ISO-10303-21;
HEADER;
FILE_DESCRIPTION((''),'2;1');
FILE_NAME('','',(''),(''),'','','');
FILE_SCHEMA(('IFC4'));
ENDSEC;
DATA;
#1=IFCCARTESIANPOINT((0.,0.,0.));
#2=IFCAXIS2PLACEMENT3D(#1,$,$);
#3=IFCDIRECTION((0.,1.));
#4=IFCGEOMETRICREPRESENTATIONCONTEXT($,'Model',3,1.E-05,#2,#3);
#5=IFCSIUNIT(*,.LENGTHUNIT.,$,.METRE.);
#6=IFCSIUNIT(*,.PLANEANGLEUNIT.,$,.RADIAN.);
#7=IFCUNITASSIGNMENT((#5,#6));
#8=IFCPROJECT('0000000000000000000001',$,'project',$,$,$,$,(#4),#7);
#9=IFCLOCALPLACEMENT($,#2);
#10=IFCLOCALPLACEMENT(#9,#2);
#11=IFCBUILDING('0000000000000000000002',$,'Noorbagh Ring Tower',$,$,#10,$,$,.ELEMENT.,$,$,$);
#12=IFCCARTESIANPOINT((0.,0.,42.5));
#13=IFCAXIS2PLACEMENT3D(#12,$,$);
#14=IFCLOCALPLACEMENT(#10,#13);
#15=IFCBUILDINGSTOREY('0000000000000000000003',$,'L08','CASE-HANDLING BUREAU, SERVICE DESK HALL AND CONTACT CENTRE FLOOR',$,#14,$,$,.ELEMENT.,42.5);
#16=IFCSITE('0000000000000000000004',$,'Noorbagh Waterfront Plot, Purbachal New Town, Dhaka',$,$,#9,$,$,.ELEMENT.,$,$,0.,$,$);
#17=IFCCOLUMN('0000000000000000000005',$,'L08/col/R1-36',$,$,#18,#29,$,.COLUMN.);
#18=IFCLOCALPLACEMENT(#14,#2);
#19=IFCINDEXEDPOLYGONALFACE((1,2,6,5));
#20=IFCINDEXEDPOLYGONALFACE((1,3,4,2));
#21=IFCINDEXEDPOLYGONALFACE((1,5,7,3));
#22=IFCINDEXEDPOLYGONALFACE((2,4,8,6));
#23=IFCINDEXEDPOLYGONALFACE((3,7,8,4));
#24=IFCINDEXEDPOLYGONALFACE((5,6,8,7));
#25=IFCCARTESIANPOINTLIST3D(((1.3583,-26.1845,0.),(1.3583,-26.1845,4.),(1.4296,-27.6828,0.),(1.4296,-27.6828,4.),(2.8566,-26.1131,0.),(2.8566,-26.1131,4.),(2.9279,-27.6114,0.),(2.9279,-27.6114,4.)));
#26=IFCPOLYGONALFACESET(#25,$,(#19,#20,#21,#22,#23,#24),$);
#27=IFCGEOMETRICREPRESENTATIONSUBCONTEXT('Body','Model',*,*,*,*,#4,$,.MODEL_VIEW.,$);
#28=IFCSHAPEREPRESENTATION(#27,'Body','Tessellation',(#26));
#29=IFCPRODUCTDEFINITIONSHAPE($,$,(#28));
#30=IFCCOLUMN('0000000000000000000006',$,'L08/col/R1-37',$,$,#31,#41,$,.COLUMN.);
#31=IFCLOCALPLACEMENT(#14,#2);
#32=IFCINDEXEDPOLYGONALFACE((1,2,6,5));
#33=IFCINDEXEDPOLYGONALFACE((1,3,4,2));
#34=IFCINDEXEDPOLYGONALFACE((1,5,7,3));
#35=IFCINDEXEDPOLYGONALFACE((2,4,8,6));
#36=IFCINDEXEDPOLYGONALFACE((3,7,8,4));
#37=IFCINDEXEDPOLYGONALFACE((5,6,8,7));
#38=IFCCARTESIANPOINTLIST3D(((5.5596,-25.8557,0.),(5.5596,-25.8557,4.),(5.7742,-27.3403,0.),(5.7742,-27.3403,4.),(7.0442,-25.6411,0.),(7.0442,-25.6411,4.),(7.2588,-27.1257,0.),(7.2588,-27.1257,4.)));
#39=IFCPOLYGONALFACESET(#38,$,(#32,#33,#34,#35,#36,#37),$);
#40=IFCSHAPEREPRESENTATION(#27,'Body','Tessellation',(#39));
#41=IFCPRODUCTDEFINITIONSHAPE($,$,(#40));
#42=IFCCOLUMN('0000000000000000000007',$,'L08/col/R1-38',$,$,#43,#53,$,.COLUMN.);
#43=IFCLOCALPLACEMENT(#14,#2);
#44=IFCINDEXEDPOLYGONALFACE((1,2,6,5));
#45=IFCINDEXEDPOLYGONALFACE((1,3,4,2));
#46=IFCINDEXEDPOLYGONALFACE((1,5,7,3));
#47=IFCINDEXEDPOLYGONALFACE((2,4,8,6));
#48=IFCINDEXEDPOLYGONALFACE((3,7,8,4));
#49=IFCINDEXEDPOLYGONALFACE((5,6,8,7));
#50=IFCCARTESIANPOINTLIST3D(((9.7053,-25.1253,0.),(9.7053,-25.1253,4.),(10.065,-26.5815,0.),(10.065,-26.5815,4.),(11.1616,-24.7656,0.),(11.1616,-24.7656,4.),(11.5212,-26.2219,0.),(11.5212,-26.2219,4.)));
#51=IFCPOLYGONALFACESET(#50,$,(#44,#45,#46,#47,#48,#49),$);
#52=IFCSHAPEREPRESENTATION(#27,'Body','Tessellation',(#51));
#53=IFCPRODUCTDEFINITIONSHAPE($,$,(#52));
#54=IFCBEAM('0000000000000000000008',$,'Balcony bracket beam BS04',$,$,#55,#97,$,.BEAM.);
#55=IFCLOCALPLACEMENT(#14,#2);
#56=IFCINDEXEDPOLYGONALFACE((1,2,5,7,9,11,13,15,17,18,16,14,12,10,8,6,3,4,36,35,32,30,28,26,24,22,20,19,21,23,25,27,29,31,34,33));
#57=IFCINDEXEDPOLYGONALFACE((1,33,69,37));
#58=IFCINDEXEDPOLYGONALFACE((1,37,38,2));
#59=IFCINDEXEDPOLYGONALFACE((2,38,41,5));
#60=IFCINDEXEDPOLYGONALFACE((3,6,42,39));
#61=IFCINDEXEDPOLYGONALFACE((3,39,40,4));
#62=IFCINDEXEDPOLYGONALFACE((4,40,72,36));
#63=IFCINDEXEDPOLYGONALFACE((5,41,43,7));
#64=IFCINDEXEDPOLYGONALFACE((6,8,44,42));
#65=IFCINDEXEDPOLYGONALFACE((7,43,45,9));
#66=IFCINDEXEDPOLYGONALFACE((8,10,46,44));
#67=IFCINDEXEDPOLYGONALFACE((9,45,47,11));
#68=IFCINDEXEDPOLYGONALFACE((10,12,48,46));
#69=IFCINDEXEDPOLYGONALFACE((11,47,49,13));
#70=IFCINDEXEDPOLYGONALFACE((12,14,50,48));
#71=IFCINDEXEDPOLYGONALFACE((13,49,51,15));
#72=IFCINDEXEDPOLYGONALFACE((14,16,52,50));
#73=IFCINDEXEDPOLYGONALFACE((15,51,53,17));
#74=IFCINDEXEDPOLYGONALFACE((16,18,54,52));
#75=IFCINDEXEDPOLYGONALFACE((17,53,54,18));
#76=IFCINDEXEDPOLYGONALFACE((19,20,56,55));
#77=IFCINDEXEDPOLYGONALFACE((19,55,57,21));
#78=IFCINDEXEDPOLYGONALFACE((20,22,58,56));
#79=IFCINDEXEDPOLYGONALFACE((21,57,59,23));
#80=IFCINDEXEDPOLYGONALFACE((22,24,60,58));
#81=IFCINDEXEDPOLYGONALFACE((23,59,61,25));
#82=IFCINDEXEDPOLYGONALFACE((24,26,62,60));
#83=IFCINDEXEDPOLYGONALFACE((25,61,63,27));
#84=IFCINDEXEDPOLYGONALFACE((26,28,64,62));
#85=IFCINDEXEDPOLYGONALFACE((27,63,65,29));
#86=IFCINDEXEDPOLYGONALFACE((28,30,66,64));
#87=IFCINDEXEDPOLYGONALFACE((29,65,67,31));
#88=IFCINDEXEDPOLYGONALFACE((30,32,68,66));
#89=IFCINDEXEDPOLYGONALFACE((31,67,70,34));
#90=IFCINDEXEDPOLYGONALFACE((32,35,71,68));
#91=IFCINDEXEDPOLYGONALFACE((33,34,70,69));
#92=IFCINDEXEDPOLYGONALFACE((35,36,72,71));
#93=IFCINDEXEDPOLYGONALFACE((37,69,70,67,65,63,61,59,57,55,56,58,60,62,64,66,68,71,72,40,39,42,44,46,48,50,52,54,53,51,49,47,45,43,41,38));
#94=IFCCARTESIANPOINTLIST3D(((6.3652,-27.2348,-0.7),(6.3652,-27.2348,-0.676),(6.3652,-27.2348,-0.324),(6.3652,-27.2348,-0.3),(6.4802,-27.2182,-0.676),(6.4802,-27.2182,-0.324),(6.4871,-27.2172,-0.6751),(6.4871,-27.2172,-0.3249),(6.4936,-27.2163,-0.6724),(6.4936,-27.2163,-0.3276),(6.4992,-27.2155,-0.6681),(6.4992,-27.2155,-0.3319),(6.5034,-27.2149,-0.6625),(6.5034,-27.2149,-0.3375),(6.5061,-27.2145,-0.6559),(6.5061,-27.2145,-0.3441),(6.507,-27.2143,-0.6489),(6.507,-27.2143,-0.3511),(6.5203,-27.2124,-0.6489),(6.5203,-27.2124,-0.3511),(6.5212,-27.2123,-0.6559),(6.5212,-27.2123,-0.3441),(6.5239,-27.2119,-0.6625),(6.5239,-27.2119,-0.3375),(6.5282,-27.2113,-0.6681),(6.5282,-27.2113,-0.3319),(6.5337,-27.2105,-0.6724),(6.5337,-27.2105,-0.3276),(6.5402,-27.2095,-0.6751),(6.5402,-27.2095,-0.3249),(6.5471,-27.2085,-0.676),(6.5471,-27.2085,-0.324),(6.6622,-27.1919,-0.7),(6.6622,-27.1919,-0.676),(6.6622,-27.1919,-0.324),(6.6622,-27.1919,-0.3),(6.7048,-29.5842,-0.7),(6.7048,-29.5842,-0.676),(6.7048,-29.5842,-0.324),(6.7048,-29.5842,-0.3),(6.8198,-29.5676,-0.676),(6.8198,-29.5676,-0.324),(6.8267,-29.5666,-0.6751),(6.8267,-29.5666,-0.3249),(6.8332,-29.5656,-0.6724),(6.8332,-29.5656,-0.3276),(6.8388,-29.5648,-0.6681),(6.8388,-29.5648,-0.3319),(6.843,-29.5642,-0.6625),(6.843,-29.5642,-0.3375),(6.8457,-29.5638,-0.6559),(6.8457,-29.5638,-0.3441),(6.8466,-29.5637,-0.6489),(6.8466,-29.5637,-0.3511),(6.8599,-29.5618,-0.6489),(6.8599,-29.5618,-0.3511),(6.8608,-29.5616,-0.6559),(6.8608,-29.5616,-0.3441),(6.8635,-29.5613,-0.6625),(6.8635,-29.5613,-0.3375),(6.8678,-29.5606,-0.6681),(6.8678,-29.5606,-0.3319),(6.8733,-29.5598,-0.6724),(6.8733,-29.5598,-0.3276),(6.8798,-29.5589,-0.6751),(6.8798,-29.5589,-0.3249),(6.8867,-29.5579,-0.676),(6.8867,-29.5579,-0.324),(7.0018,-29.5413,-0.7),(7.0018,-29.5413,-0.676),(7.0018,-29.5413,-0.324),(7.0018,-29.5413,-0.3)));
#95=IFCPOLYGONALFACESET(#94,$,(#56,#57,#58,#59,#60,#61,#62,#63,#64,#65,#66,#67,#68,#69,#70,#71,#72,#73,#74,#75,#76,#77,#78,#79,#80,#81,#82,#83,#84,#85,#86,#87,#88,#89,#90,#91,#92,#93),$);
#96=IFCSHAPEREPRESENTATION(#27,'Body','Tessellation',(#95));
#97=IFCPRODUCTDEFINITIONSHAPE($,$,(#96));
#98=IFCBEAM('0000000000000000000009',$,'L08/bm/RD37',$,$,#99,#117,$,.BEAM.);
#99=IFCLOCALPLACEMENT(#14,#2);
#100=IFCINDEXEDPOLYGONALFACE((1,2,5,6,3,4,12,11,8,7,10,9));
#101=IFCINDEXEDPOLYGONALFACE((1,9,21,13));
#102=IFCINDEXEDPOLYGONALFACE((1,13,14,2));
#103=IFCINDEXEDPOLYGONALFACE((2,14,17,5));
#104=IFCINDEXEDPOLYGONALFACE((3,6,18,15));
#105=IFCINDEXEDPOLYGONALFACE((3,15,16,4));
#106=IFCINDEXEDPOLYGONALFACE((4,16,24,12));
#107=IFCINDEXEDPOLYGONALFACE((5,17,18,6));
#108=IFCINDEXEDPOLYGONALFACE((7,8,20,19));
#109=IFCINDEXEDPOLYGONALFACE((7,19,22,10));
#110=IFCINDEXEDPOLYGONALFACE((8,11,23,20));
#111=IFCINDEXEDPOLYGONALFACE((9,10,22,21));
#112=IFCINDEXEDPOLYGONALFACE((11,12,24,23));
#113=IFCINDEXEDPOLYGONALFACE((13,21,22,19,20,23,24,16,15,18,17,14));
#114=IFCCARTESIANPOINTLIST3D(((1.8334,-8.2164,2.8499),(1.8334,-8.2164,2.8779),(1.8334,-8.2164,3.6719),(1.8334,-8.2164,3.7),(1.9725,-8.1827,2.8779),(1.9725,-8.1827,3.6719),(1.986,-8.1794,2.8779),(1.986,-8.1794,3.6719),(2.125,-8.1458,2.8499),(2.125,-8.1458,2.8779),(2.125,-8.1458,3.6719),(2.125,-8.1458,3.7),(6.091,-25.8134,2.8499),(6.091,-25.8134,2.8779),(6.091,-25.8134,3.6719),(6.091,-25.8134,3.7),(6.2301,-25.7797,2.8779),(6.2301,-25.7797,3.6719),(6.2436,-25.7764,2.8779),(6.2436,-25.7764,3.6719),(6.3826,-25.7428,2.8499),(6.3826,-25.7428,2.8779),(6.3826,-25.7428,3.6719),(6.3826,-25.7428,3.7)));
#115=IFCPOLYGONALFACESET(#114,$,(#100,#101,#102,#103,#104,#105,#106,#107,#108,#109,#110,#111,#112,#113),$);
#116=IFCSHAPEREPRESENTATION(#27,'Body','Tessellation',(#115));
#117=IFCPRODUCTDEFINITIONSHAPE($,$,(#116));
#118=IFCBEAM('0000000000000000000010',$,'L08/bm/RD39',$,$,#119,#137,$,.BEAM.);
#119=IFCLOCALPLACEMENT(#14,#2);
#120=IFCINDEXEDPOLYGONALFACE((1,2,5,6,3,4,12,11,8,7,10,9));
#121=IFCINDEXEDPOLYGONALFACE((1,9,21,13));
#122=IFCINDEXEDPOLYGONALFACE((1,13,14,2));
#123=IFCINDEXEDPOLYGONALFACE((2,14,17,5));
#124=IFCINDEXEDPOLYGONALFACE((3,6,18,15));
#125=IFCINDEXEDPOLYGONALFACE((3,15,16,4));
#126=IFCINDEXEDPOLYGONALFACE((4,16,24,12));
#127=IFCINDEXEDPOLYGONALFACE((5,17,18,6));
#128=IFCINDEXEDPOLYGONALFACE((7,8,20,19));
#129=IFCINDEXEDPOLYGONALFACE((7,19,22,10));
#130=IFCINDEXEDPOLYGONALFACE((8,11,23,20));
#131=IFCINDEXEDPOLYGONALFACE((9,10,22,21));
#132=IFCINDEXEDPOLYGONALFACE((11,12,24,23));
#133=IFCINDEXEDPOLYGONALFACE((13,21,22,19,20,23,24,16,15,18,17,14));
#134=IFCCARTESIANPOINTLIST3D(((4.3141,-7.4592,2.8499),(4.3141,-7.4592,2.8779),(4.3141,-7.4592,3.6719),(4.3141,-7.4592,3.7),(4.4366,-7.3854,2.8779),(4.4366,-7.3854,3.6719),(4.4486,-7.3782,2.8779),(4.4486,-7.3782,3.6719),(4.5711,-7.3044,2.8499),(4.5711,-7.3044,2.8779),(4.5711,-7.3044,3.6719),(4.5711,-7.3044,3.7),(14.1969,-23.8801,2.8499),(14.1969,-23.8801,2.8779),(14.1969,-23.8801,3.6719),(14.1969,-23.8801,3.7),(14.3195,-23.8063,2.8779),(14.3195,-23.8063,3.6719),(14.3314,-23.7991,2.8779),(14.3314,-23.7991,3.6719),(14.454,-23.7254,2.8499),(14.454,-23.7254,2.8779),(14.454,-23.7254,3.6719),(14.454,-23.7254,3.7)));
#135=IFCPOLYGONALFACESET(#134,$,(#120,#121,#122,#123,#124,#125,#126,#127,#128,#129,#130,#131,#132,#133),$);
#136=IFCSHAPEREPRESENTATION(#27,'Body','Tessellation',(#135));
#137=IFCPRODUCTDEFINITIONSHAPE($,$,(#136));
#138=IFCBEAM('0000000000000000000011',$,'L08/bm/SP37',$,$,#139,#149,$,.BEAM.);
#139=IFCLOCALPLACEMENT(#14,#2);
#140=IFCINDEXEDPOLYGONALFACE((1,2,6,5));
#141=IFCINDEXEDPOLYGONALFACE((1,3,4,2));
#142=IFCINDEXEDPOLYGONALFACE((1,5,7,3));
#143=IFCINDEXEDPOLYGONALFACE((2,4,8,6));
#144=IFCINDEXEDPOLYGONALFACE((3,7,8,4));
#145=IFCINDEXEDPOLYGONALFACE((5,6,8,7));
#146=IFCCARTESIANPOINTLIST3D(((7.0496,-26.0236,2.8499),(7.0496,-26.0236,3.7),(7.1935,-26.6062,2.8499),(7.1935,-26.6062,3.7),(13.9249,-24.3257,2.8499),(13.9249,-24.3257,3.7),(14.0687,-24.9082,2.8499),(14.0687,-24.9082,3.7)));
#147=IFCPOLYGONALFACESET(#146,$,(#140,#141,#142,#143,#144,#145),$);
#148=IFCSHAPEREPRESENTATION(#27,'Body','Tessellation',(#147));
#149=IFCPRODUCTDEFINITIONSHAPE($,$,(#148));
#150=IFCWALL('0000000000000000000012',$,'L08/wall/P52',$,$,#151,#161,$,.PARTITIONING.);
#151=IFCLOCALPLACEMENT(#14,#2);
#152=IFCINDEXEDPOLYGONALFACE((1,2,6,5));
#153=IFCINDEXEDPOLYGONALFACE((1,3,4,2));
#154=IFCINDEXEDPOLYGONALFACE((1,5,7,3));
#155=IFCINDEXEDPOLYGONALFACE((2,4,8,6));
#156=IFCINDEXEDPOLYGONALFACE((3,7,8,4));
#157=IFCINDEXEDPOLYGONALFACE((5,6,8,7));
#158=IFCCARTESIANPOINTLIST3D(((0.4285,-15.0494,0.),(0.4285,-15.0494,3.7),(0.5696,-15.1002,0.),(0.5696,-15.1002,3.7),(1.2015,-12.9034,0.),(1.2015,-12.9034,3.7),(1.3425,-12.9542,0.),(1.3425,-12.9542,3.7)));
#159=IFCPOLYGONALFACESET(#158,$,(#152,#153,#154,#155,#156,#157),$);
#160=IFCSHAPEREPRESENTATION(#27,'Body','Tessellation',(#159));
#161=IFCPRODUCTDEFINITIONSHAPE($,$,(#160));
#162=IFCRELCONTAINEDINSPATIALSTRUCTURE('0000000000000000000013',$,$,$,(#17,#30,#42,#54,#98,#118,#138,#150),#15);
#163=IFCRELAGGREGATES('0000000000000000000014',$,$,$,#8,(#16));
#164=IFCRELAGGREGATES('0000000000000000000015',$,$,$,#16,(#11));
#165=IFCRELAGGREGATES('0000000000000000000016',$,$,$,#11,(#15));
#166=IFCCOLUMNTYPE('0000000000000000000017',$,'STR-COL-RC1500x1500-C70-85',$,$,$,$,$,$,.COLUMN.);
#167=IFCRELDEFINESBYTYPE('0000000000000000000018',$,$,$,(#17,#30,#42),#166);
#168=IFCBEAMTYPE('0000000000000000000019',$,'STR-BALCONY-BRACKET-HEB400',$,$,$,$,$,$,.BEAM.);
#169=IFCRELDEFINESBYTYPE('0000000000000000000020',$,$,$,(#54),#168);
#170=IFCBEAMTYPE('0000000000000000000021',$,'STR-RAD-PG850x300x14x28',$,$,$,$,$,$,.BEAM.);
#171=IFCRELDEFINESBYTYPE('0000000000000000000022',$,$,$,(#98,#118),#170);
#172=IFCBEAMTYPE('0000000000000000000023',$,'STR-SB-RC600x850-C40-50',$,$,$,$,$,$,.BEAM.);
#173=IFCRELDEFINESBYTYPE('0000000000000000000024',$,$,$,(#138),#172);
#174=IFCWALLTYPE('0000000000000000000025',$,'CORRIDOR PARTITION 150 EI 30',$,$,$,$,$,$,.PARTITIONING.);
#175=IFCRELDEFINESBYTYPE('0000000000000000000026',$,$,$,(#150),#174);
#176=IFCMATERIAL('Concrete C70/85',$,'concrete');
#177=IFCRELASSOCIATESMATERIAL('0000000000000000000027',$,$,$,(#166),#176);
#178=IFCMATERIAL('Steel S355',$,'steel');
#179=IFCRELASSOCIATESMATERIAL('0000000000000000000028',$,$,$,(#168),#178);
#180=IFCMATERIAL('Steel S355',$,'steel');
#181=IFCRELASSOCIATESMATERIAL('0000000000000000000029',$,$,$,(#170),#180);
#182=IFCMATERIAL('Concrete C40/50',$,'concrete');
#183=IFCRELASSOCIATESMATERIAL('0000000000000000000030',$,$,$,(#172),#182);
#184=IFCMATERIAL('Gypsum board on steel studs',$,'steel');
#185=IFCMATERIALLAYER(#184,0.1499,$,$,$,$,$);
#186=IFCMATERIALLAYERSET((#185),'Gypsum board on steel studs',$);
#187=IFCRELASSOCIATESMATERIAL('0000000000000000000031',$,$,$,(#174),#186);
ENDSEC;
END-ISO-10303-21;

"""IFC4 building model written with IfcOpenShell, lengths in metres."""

from ifc_helpers import new_model, si_unit, direction, frame, frame_2d, origin, origin_2d, place, context, subcontext, project, spatial, rectangle, i_section, extrude, material, layer, layer_set, material_profile, profile_set, type_object, element, save


model = new_model("IFC4")

# Units and contexts
model_context = context("Model", 3, precision=1e-05, world=origin(), true_north=direction((0.0, 1.0)))
body_context = subcontext(model_context, "Body", "Model", "MODEL_VIEW")
ifc_project = project(units=[si_unit("LENGTHUNIT", "METRE"), si_unit("PLANEANGLEUNIT", "RADIAN")], contexts=[model_context])

# Site, building, storey
site_placement = place(None, origin())
site = spatial("IfcSite", under=ifc_project, at=site_placement, Name="Noorbagh Waterfront Plot, Purbachal New Town, Dhaka", CompositionType="ELEMENT", RefElevation=0.0)
building_placement = place(site_placement, origin())
building = spatial("IfcBuilding", under=site, at=building_placement, Name="Noorbagh Ring Tower", CompositionType="ELEMENT")
storey_placement = place(building_placement, frame((0.0, 0.0, 42.5)))
storey = spatial("IfcBuildingStorey", under=building, at=storey_placement, Name="L08", Description="CASE-HANDLING BUREAU, SERVICE DESK HALL AND CONTACT CENTRE FLOOR", CompositionType="ELEMENT", Elevation=42.5)

# Columns
ifc_material_1 = material(Name="Concrete C70/85", Category="concrete")
ifc_material_profile_1 = material_profile(ifc_material_1, rectangle(XDim=1.5, YDim=1.5, at=origin_2d()), Name="RC1500x1500")
ifc_profile_set_1 = profile_set([ifc_material_profile_1], Name="Concrete C70/85")
column_type = type_object("IfcColumnType", Name="STR-COL-RC1500x1500-C70-85", PredefinedType="COLUMN", material=ifc_profile_set_1)
for number, where, z_axis, x_axis, name in (
    (1, (2.1431, -26.8979, 0.0), (0.0, 0.0, 1.0), (0.998869, 0.047553, 0.0), "L08/col/R1-36"),
    (2, (6.4092, -26.4907, 0.0), (0.0, 0.0, 1.0), (0.989713, 0.143066, 0.0), "L08/col/R1-37"),
    (3, (10.6133, -25.6736, 0.0), (0.0, 0.0, 1.0), (0.970829, 0.239771, 0.0), "L08/col/R1-38"),
):
    element("IfcColumn", number, at=place(storey_placement, frame(where, z_axis=z_axis, x_axis=x_axis)), inside=storey, type_object=column_type, Name=name, PredefinedType="COLUMN", context=body_context, shape_type="SweptSolid", body=[
        extrude(rectangle(XDim=1.5, YDim=1.5, at=origin_2d()), origin(), (0.0, 0.0, 1.0), 4.0),
    ])

# Beams
ifc_material_2 = material(Name="Steel S355", Category="steel")
ifc_material_profile_2 = material_profile(ifc_material_2, i_section(OverallWidth=0.3, OverallDepth=0.3999, WebThickness=0.0134, FlangeThickness=0.0239, FilletRadius=0.0271, at=origin_2d()), Name="HEB400")
ifc_profile_set_2 = profile_set([ifc_material_profile_2], Name="Steel S355")
beam_type_1 = type_object("IfcBeamType", Name="STR-BALCONY-BRACKET-HEB400", PredefinedType="BEAM", material=ifc_profile_set_2)
beam_1_placement = place(storey_placement, frame((6.5137, -27.2134, -0.5), z_axis=(0.143063, -0.989714, 0.0), x_axis=(0.989714, 0.143063, 0.0)))
element("IfcBeam", 4, at=beam_1_placement, inside=storey, type_object=beam_type_1, Name="Balcony bracket beam BS04", PredefinedType="BEAM", context=body_context, shape_type="SweptSolid", body=[
    extrude(i_section(OverallWidth=0.3, OverallDepth=0.3999, WebThickness=0.0134, FlangeThickness=0.0239, FilletRadius=0.0271, at=origin_2d()), origin(), (0.0, 0.0, 1.0), 2.3738),
])
ifc_material_3 = material(Name="Steel S355", Category="steel")
ifc_material_profile_3 = material_profile(ifc_material_3, i_section(OverallWidth=0.3, OverallDepth=0.8501, WebThickness=0.0139, FlangeThickness=0.0281, at=origin_2d()), Name="PG850x300x14x28")
ifc_profile_set_3 = profile_set([ifc_material_profile_3], Name="Steel S355")
beam_type_2 = type_object("IfcBeamType", Name="STR-RAD-PG850x300x14x28", PredefinedType="BEAM", material=ifc_profile_set_3)
beam_2_placement = place(storey_placement, frame((6.2368, -25.7781, 3.2749), z_axis=(-0.235164, 0.971956, 0.0), x_axis=(-0.971956, -0.235164, 0.0)))
element("IfcBeam", 5, at=beam_2_placement, inside=storey, type_object=beam_type_2, Name="L08/bm/RD37", PredefinedType="BEAM", context=body_context, shape_type="SweptSolid", body=[
    extrude(i_section(OverallWidth=0.3, OverallDepth=0.8501, WebThickness=0.0139, FlangeThickness=0.0281, at=origin_2d()), origin(), (0.0, 0.0, 1.0), 18.1047),
])
beam_3_placement = place(storey_placement, frame((14.3254, -23.8027, 3.2749), z_axis=(-0.515657, 0.856795, 0.0), x_axis=(-0.856795, -0.515657, 0.0)))
element("IfcBeam", 6, at=beam_3_placement, inside=storey, type_object=beam_type_2, Name="L08/bm/RD39", PredefinedType="BEAM", context=body_context, shape_type="SweptSolid", body=[
    extrude(i_section(OverallWidth=0.3, OverallDepth=0.8501, WebThickness=0.0139, FlangeThickness=0.0281, at=origin_2d()), origin(), (0.0, 0.0, 1.0), 19.1655),
])
ifc_material_4 = material(Name="Concrete C40/50", Category="concrete")
ifc_material_profile_4 = material_profile(ifc_material_4, rectangle(XDim=0.6001, YDim=0.8501, at=origin_2d()), Name="RC600x850")
ifc_profile_set_4 = profile_set([ifc_material_profile_4], Name="Concrete C40/50")
beam_type_3 = type_object("IfcBeamType", Name="STR-SB-RC600x850-C40-50", PredefinedType="BEAM", material=ifc_profile_set_4)
beam_4_placement = place(storey_placement, frame((7.1216, -26.3149, 3.2749), z_axis=(0.97083, 0.239769, 0.0), x_axis=(-0.239769, 0.97083, 0.0)))
element("IfcBeam", 7, at=beam_4_placement, inside=storey, type_object=beam_type_3, Name="L08/bm/SP37", PredefinedType="BEAM", context=body_context, shape_type="SweptSolid", body=[
    extrude(rectangle(XDim=0.6001, YDim=0.8501, at=origin_2d()), origin(), (0.0, 0.0, 1.0), 7.0818),
])

# Wall
ifc_material_5 = material(Name="Gypsum board on steel studs", Category="steel")
ifc_layer_1 = layer(ifc_material_5, 0.1499)
ifc_layer_set_1 = layer_set([ifc_layer_1], Name="Gypsum board on steel studs")
wall_type_1 = type_object("IfcWallType", Name="CORRIDOR PARTITION 150 EI 30", PredefinedType="PARTITIONING", material=ifc_layer_set_1)
wall_1_placement = place(storey_placement, frame((0.499, -15.075, 0.0), z_axis=(0.0, 0.0, 1.0), x_axis=(0.338871, 0.940833, 0.0)))
element("IfcWall", 8, at=wall_1_placement, inside=storey, type_object=wall_type_1, Name="L08/wall/P52", PredefinedType="PARTITIONING", context=body_context, shape_type="SweptSolid", body=[
    extrude(rectangle(XDim=2.281, YDim=0.1499, at=frame_2d((1.1406, 0.0))), origin(), (0.0, 0.0, 1.0), 3.7),
])

save(model, "model.ifc")
